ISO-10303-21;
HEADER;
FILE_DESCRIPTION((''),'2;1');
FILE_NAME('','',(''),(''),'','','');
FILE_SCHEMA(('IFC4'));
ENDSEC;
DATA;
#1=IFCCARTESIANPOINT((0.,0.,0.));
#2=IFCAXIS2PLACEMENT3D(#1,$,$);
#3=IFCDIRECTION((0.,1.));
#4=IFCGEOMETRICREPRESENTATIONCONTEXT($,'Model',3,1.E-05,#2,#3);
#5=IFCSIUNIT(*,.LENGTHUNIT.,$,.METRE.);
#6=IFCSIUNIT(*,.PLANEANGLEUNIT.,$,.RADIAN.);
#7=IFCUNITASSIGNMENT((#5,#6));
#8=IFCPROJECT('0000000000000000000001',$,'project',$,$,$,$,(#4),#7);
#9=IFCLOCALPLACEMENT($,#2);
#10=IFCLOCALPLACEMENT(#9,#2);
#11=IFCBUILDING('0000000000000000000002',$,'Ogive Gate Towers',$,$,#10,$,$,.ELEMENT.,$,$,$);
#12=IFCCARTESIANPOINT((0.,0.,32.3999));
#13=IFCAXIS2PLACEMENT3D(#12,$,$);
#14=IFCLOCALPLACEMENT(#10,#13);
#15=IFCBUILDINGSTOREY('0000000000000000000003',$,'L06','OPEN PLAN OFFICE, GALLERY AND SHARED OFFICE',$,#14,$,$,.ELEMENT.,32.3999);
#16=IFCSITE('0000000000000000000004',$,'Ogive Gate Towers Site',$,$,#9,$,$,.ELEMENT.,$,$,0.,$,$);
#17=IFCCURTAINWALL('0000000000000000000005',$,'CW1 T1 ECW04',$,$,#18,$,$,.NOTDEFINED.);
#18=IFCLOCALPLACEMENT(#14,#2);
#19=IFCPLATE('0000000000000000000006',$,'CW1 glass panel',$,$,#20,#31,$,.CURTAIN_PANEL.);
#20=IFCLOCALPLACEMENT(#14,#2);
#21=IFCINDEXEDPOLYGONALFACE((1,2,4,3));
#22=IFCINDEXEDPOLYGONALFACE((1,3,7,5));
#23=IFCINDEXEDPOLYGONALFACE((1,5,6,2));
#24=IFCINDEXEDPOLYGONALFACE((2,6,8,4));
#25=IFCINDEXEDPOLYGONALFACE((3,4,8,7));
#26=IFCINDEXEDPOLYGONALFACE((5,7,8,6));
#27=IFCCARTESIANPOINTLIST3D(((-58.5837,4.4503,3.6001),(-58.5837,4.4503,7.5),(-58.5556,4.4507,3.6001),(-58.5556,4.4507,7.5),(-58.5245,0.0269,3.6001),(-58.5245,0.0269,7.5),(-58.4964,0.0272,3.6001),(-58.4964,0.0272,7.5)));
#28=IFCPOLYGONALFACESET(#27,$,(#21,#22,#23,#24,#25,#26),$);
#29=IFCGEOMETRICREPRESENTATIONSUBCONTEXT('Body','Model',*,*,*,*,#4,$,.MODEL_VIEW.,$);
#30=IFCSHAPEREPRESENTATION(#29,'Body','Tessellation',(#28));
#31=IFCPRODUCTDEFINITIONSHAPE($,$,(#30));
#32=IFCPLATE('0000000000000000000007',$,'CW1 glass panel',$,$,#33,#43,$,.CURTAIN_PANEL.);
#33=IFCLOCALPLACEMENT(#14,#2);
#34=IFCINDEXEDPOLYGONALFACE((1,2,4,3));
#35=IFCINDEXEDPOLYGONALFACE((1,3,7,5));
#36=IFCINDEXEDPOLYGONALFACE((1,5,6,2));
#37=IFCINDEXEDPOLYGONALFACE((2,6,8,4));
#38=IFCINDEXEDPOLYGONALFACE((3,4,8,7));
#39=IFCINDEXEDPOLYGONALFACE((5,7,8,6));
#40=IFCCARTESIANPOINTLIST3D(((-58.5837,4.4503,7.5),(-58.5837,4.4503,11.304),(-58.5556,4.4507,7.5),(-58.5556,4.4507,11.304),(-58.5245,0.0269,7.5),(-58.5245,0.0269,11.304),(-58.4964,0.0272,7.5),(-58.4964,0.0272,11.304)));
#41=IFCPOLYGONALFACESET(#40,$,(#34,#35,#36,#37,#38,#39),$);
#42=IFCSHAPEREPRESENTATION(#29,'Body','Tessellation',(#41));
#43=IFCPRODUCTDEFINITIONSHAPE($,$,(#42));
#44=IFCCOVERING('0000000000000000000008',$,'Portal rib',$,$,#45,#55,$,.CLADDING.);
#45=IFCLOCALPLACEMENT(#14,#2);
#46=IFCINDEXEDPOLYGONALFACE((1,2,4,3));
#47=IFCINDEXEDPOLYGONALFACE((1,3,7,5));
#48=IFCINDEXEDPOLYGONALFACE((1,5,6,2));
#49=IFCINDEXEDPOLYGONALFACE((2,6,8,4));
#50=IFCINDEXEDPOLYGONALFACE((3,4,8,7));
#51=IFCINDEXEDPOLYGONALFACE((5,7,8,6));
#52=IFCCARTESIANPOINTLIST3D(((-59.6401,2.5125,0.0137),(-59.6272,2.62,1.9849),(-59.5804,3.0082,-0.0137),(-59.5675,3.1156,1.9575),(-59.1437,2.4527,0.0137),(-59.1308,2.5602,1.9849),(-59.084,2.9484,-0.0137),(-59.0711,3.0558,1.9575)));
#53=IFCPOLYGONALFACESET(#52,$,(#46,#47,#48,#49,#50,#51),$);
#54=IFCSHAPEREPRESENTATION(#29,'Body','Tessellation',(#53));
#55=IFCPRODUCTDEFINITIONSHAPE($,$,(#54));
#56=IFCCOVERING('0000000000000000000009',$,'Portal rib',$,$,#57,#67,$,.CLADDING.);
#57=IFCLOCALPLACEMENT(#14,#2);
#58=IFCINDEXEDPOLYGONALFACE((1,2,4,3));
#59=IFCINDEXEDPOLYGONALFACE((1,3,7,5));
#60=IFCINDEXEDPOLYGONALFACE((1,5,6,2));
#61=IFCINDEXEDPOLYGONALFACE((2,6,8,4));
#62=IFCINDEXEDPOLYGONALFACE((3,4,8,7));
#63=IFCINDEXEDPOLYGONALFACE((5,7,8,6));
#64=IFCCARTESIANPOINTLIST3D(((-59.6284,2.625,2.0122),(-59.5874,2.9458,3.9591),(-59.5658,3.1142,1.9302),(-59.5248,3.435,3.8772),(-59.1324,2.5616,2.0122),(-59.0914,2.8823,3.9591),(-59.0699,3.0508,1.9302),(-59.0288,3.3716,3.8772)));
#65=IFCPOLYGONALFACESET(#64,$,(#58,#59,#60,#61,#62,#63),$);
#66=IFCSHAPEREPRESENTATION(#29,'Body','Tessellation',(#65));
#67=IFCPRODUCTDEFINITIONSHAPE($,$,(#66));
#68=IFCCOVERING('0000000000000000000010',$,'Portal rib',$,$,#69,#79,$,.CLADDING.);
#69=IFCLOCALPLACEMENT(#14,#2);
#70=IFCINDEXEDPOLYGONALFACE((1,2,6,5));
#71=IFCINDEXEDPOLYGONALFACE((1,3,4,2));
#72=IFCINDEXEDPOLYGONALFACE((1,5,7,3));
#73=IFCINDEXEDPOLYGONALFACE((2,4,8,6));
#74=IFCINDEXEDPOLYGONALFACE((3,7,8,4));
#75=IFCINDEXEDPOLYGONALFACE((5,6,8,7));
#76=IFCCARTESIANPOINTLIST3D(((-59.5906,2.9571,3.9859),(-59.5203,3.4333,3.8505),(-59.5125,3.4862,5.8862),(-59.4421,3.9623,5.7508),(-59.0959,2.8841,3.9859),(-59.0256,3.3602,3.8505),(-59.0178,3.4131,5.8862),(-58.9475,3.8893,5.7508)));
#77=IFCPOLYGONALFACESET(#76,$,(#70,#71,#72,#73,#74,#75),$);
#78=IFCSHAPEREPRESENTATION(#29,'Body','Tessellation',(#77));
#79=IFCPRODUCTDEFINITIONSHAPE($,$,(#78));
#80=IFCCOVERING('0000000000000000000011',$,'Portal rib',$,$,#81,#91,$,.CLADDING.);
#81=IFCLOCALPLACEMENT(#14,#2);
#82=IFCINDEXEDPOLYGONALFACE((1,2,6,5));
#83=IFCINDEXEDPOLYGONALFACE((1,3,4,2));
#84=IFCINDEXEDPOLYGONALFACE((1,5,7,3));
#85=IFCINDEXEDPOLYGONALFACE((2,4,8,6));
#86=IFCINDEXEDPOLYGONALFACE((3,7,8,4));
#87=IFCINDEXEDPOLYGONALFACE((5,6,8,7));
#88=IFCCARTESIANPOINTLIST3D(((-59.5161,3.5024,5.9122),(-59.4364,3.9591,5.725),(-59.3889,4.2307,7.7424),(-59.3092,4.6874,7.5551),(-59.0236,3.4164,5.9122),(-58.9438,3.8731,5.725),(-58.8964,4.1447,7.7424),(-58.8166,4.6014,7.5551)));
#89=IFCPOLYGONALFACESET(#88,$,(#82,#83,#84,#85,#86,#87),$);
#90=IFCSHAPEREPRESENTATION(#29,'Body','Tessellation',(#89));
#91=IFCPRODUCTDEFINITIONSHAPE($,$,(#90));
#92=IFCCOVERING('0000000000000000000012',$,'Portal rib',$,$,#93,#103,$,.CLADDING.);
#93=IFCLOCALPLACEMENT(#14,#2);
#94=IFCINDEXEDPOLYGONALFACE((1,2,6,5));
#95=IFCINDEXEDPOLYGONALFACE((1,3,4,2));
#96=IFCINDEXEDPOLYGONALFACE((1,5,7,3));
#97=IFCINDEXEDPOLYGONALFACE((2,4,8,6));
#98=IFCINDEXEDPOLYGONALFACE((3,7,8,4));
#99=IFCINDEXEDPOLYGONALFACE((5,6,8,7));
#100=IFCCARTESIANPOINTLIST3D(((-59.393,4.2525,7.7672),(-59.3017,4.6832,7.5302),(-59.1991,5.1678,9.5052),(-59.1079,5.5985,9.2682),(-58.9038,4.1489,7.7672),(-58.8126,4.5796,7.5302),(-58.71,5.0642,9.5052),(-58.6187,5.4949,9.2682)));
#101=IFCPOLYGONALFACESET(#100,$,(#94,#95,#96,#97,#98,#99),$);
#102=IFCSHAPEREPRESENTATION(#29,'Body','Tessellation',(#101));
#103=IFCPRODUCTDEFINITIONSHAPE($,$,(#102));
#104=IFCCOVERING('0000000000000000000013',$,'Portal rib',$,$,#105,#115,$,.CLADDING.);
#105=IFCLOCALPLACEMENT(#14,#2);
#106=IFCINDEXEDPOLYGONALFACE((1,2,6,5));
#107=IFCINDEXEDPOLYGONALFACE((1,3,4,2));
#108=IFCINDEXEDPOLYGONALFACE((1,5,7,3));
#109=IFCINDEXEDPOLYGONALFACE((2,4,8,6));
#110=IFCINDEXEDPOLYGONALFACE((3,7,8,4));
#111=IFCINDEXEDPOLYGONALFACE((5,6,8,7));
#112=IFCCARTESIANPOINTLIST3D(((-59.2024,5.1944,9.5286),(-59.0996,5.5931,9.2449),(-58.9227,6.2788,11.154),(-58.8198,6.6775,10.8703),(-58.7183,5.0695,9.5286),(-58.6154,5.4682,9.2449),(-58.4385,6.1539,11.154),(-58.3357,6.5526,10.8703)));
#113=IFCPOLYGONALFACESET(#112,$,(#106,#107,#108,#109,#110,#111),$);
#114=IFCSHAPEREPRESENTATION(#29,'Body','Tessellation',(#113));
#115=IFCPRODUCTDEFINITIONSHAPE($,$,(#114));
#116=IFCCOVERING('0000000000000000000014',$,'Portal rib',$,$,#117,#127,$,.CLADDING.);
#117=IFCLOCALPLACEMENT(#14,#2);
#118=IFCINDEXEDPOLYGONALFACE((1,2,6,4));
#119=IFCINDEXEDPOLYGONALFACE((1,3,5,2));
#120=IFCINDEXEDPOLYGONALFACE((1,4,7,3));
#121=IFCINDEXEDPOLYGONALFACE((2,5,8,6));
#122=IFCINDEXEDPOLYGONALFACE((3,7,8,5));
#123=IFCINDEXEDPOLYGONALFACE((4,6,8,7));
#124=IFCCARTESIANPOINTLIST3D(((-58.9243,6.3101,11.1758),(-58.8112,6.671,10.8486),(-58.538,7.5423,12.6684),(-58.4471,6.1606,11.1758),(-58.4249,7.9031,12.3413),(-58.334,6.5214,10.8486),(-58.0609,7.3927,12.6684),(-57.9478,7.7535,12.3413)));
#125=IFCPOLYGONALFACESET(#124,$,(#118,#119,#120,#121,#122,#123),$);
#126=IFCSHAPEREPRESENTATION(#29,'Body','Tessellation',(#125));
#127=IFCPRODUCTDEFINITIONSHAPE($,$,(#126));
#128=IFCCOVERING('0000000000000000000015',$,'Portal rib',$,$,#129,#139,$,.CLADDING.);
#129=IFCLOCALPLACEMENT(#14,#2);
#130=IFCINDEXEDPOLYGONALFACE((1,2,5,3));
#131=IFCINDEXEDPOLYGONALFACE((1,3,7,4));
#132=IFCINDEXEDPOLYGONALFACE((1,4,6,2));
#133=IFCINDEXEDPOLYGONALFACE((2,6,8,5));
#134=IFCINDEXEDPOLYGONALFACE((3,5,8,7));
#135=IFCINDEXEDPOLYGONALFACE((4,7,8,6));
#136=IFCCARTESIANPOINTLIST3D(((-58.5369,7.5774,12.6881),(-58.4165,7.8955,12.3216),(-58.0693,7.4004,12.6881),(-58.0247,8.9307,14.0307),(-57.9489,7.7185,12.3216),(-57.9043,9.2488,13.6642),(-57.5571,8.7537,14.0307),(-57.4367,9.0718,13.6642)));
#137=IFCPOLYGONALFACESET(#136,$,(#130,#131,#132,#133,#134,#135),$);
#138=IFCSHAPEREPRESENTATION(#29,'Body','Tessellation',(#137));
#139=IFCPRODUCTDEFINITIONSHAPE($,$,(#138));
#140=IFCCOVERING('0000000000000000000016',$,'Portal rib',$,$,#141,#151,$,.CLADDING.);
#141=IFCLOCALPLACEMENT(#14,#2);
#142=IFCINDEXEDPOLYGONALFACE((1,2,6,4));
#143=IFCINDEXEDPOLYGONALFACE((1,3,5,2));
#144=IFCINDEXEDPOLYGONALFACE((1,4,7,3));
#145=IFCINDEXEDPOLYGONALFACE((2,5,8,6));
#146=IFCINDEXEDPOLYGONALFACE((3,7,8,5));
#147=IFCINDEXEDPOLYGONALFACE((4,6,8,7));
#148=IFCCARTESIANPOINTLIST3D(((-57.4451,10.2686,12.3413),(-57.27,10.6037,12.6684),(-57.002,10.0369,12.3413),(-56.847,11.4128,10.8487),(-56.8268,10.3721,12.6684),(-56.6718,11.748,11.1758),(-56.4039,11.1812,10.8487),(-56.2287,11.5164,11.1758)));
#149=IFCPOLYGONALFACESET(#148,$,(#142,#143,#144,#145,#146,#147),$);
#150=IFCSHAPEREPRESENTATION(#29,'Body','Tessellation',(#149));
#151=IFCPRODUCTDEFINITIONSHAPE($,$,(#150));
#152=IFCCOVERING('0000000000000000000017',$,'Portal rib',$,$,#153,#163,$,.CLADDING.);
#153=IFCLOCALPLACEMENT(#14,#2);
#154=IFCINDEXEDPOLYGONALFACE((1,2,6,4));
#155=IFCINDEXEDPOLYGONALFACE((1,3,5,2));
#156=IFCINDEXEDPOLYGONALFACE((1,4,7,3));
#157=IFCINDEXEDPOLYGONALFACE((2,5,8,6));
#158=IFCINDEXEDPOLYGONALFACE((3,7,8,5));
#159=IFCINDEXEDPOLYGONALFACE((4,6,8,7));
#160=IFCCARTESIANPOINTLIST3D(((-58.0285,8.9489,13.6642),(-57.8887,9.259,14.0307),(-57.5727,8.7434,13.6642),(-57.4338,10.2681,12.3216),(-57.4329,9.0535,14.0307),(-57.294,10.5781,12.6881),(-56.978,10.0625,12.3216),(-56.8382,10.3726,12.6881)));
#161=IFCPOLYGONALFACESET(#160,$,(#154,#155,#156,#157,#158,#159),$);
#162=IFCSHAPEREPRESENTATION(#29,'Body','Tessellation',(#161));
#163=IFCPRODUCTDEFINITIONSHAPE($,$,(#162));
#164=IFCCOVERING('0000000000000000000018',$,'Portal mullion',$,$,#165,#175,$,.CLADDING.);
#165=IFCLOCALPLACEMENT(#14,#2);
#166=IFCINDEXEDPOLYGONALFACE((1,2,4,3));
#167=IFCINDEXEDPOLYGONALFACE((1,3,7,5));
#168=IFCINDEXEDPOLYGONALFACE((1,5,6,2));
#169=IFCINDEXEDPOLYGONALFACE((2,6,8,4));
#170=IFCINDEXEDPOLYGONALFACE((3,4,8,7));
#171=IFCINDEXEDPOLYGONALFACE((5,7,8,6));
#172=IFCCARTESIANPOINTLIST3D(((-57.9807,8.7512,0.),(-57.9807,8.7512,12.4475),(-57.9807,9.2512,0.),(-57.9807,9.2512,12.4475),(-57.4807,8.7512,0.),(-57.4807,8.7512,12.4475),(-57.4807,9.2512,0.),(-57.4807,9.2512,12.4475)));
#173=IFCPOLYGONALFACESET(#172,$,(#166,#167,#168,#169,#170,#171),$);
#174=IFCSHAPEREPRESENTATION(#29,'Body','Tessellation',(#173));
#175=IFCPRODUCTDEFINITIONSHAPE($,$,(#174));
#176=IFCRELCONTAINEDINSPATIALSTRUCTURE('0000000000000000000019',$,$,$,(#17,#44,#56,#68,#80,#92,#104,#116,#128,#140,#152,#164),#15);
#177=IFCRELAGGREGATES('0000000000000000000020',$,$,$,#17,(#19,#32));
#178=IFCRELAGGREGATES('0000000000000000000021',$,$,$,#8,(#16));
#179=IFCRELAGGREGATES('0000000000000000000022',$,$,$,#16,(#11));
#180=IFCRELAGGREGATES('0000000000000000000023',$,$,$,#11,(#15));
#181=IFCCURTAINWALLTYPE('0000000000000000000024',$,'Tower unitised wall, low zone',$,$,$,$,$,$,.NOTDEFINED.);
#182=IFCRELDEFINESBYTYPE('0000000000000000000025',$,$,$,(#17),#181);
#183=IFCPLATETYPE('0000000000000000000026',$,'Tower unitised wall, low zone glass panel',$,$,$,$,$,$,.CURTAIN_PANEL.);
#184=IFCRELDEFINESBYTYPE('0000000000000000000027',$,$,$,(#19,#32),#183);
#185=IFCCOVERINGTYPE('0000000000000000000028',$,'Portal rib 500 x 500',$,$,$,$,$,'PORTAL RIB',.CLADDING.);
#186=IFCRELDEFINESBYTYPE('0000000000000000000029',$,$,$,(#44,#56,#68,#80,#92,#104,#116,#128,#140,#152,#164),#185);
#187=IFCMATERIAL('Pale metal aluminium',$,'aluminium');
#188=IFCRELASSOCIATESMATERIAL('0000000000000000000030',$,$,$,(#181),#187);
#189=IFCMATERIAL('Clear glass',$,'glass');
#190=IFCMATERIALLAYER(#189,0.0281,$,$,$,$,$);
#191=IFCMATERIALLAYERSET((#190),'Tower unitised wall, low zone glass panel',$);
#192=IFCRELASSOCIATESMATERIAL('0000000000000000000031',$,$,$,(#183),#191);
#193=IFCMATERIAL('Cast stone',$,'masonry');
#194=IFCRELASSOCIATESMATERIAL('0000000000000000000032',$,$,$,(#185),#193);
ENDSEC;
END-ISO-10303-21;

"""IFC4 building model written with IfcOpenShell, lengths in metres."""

from ifc_helpers import new_model, si_unit, direction, frame, origin, origin_2d, place, context, subcontext, project, spatial, rectangle, extrude, material, layer, layer_set, material_profile, profile_set, type_object, element, aggregate, save


model = new_model("IFC4")

# Units and contexts
model_context = context("Model", 3, precision=1e-05, world=origin(), true_north=direction((0.0, 1.0)))
body_context = subcontext(model_context, "Body", "Model", "MODEL_VIEW")
ifc_project = project(units=[si_unit("LENGTHUNIT", "METRE"), si_unit("PLANEANGLEUNIT", "RADIAN")], contexts=[model_context])

# Site, building, storey
site_placement = place(None, origin())
site = spatial("IfcSite", under=ifc_project, at=site_placement, Name="Ogive Gate Towers Site", CompositionType="ELEMENT", RefElevation=0.0)
building_placement = place(site_placement, origin())
building = spatial("IfcBuilding", under=site, at=building_placement, Name="Ogive Gate Towers", CompositionType="ELEMENT")
storey_placement = place(building_placement, frame((0.0, 0.0, 32.3999)))
storey = spatial("IfcBuildingStorey", under=building, at=storey_placement, Name="L06", Description="OPEN PLAN OFFICE, GALLERY AND SHARED OFFICE", CompositionType="ELEMENT", Elevation=32.3999)

# Curtain wall, plates
ifc_material_1 = material(Name="Pale metal aluminium", Category="aluminium")
curtain_wall_type = type_object("IfcCurtainWallType", Name="Tower unitised wall, low zone", PredefinedType="NOTDEFINED", material=ifc_material_1)
curtain_wall_placement = place(storey_placement, origin())
curtain_wall = element("IfcCurtainWall", 1, at=curtain_wall_placement, inside=storey, type_object=curtain_wall_type, Name="CW1 T1 ECW04", PredefinedType="NOTDEFINED")
ifc_material_2 = material(Name="Clear glass", Category="glass")
ifc_layer = layer(ifc_material_2, 0.0281)
ifc_layer_set = layer_set([ifc_layer], Name="Tower unitised wall, low zone glass panel")
plate_type = type_object("IfcPlateType", Name="Tower unitised wall, low zone glass panel", PredefinedType="CURTAIN_PANEL", material=ifc_layer_set)
plate_1_placement = place(storey_placement, frame((-58.54, 2.2388, 3.6001), z_axis=(0.0, 0.0, 1.0), x_axis=(0.013386, -0.99991, 0.0)))
plate_1 = element("IfcPlate", 2, at=plate_1_placement, type_object=plate_type, Name="CW1 glass panel", PredefinedType="CURTAIN_PANEL", context=body_context, shape_type="SweptSolid", body=[
    extrude(rectangle(XDim=4.4238, YDim=0.0281, at=origin_2d()), origin(), (0.0, 0.0, 1.0), 3.8999),
])
plate_2_placement = place(storey_placement, frame((-58.54, 2.2388, 7.5), z_axis=(0.0, 0.0, 1.0), x_axis=(0.013386, -0.99991, 0.0)))
plate_2 = element("IfcPlate", 3, at=plate_2_placement, type_object=plate_type, Name="CW1 glass panel", PredefinedType="CURTAIN_PANEL", context=body_context, shape_type="SweptSolid", body=[
    extrude(rectangle(XDim=4.4238, YDim=0.0281, at=origin_2d()), origin(), (0.0, 0.0, 1.0), 3.804),
])
aggregate(curtain_wall, [plate_1, plate_2])

# Coverings
ifc_material_3 = material(Name="Cast stone", Category="masonry")
ifc_material_profile_1 = material_profile(ifc_material_3, rectangle(XDim=0.5, YDim=0.5, at=origin_2d()), Name="500 x 500 cast stone")
ifc_profile_set_1 = profile_set([ifc_material_profile_1], Name="Cast stone")
covering_type = type_object("IfcCoveringType", Name="Portal rib 500 x 500", ElementType="PORTAL RIB", PredefinedType="CLADDING", material=ifc_profile_set_1)
covering_1_placement = place(storey_placement, frame((-59.3621, 2.7305, 0.0), z_axis=(0.006554, 0.054414, 0.998497), x_axis=(-0.992823, 0.11959, 0.0)))
element("IfcCovering", 4, at=covering_1_placement, inside=storey, type_object=covering_type, Name="Portal rib", PredefinedType="CLADDING", context=body_context, shape_type="SweptSolid", body=[
    extrude(rectangle(XDim=0.5, YDim=0.5, at=origin_2d()), origin(), (0.0, 0.0, 1.0), 1.9741),
])
covering_2_placement = place(storey_placement, frame((-59.3491, 2.8379, 1.9712), z_axis=(0.020781, 0.162538, 0.986483), x_axis=(-0.991926, 0.126822, 0.0)))
element("IfcCovering", 5, at=covering_2_placement, inside=storey, type_object=covering_type, Name="Portal rib", PredefinedType="CLADDING", context=body_context, shape_type="SweptSolid", body=[
    extrude(rectangle(XDim=0.5, YDim=0.5, at=origin_2d()), origin(), (0.0, 0.0, 1.0), 1.9736),
])
covering_3_placement = place(storey_placement, frame((-59.3081, 3.1587, 3.9182), z_axis=(0.039573, 0.267983, 0.962611), x_axis=(-0.989272, 0.146085, 0.0)))
element("IfcCovering", 6, at=covering_3_placement, inside=storey, type_object=covering_type, Name="Portal rib", PredefinedType="CLADDING", context=body_context, shape_type="SweptSolid", body=[
    extrude(rectangle(XDim=0.5, YDim=0.5, at=origin_2d()), origin(), (0.0, 0.0, 1.0), 1.9741),
])
for number, where, z_axis, x_axis, name in (
    (7, (-59.23, 3.6877, 5.8186), (0.064444, 0.368976, 0.927202), (-0.985088, 0.172052, 0.0), "Portal rib"),
    (8, (-59.1028, 4.416, 7.6487), (0.098208, 0.463704, 0.88053), (-0.9783, 0.207194, 0.0), "Portal rib"),
    (9, (-58.9089, 5.3313, 9.3867), (0.141737, 0.549386, 0.82346), (-0.968294, 0.249812, 0.0), "Portal rib"),
):
    element("IfcCovering", number, at=place(storey_placement, frame(where, z_axis=z_axis, x_axis=x_axis)), inside=storey, type_object=covering_type, Name=name, PredefinedType="CLADDING", context=body_context, shape_type="SweptSolid", body=[
        extrude(rectangle(XDim=0.5, YDim=0.5, at=origin_2d()), origin(), (0.0, 0.0, 1.0), 1.9739),
    ])
covering_4_placement = place(storey_placement, frame((-58.6292, 6.4158, 11.0122), z_axis=(0.195688, 0.624296, 0.756281), x_axis=(-0.954221, 0.299104, 0.0)))
element("IfcCovering", 10, at=covering_4_placement, inside=storey, type_object=covering_type, Name="Portal rib", PredefinedType="CLADDING", context=body_context, shape_type="SweptSolid", body=[
    extrude(rectangle(XDim=0.5, YDim=0.5, at=origin_2d()), origin(), (0.0, 0.0, 1.0), 1.9736),
])
covering_5_placement = place(storey_placement, frame((-58.2429, 7.6479, 12.5049), z_axis=(0.259496, 0.6856, 0.680158), x_axis=(-0.93525, 0.353988, 0.0)))
element("IfcCovering", 11, at=covering_5_placement, inside=storey, type_object=covering_type, Name="Portal rib", PredefinedType="CLADDING", context=body_context, shape_type="SweptSolid", body=[
    extrude(rectangle(XDim=0.5, YDim=0.5, at=origin_2d()), origin(), (0.0, 0.0, 1.0), 1.9739),
])
covering_6_placement = place(storey_placement, frame((-56.5378, 11.4646, 11.0122), z_axis=(-0.303067, -0.579785, 0.756306), x_axis=(0.886227, -0.463251, 0.0)))
element("IfcCovering", 12, at=covering_6_placement, inside=storey, type_object=covering_type, Name="Portal rib", PredefinedType="CLADDING", context=body_context, shape_type="SweptSolid", body=[
    extrude(rectangle(XDim=0.5, YDim=0.5, at=origin_2d()), origin(), (0.0, 0.0, 1.0), 1.9736),
])
covering_7_placement = place(storey_placement, frame((-57.136, 10.3203, 12.5049), z_axis=(-0.301303, -0.668283, 0.680157), x_axis=(0.911628, -0.411017, 0.0)))
element("IfcCovering", 13, at=covering_7_placement, inside=storey, type_object=covering_type, Name="Portal rib", PredefinedType="CLADDING", context=body_context, shape_type="SweptSolid", body=[
    extrude(rectangle(XDim=0.5, YDim=0.5, at=origin_2d()), origin(), (0.0, 0.0, 1.0), 1.9739),
])
covering_8_placement = place(storey_placement, frame((-57.7307, 9.0012, 0.0), z_axis=(0.0, 0.0, 1.0), x_axis=(1.0, 0.0, 0.0)))
element("IfcCovering", 14, at=covering_8_placement, inside=storey, type_object=covering_type, Name="Portal mullion", PredefinedType="CLADDING", context=body_context, shape_type="SweptSolid", body=[
    extrude(rectangle(XDim=0.5, YDim=0.5, at=origin_2d()), origin(), (0.0, 0.0, 1.0), 12.4475),
])

save(model, "model.ifc")
